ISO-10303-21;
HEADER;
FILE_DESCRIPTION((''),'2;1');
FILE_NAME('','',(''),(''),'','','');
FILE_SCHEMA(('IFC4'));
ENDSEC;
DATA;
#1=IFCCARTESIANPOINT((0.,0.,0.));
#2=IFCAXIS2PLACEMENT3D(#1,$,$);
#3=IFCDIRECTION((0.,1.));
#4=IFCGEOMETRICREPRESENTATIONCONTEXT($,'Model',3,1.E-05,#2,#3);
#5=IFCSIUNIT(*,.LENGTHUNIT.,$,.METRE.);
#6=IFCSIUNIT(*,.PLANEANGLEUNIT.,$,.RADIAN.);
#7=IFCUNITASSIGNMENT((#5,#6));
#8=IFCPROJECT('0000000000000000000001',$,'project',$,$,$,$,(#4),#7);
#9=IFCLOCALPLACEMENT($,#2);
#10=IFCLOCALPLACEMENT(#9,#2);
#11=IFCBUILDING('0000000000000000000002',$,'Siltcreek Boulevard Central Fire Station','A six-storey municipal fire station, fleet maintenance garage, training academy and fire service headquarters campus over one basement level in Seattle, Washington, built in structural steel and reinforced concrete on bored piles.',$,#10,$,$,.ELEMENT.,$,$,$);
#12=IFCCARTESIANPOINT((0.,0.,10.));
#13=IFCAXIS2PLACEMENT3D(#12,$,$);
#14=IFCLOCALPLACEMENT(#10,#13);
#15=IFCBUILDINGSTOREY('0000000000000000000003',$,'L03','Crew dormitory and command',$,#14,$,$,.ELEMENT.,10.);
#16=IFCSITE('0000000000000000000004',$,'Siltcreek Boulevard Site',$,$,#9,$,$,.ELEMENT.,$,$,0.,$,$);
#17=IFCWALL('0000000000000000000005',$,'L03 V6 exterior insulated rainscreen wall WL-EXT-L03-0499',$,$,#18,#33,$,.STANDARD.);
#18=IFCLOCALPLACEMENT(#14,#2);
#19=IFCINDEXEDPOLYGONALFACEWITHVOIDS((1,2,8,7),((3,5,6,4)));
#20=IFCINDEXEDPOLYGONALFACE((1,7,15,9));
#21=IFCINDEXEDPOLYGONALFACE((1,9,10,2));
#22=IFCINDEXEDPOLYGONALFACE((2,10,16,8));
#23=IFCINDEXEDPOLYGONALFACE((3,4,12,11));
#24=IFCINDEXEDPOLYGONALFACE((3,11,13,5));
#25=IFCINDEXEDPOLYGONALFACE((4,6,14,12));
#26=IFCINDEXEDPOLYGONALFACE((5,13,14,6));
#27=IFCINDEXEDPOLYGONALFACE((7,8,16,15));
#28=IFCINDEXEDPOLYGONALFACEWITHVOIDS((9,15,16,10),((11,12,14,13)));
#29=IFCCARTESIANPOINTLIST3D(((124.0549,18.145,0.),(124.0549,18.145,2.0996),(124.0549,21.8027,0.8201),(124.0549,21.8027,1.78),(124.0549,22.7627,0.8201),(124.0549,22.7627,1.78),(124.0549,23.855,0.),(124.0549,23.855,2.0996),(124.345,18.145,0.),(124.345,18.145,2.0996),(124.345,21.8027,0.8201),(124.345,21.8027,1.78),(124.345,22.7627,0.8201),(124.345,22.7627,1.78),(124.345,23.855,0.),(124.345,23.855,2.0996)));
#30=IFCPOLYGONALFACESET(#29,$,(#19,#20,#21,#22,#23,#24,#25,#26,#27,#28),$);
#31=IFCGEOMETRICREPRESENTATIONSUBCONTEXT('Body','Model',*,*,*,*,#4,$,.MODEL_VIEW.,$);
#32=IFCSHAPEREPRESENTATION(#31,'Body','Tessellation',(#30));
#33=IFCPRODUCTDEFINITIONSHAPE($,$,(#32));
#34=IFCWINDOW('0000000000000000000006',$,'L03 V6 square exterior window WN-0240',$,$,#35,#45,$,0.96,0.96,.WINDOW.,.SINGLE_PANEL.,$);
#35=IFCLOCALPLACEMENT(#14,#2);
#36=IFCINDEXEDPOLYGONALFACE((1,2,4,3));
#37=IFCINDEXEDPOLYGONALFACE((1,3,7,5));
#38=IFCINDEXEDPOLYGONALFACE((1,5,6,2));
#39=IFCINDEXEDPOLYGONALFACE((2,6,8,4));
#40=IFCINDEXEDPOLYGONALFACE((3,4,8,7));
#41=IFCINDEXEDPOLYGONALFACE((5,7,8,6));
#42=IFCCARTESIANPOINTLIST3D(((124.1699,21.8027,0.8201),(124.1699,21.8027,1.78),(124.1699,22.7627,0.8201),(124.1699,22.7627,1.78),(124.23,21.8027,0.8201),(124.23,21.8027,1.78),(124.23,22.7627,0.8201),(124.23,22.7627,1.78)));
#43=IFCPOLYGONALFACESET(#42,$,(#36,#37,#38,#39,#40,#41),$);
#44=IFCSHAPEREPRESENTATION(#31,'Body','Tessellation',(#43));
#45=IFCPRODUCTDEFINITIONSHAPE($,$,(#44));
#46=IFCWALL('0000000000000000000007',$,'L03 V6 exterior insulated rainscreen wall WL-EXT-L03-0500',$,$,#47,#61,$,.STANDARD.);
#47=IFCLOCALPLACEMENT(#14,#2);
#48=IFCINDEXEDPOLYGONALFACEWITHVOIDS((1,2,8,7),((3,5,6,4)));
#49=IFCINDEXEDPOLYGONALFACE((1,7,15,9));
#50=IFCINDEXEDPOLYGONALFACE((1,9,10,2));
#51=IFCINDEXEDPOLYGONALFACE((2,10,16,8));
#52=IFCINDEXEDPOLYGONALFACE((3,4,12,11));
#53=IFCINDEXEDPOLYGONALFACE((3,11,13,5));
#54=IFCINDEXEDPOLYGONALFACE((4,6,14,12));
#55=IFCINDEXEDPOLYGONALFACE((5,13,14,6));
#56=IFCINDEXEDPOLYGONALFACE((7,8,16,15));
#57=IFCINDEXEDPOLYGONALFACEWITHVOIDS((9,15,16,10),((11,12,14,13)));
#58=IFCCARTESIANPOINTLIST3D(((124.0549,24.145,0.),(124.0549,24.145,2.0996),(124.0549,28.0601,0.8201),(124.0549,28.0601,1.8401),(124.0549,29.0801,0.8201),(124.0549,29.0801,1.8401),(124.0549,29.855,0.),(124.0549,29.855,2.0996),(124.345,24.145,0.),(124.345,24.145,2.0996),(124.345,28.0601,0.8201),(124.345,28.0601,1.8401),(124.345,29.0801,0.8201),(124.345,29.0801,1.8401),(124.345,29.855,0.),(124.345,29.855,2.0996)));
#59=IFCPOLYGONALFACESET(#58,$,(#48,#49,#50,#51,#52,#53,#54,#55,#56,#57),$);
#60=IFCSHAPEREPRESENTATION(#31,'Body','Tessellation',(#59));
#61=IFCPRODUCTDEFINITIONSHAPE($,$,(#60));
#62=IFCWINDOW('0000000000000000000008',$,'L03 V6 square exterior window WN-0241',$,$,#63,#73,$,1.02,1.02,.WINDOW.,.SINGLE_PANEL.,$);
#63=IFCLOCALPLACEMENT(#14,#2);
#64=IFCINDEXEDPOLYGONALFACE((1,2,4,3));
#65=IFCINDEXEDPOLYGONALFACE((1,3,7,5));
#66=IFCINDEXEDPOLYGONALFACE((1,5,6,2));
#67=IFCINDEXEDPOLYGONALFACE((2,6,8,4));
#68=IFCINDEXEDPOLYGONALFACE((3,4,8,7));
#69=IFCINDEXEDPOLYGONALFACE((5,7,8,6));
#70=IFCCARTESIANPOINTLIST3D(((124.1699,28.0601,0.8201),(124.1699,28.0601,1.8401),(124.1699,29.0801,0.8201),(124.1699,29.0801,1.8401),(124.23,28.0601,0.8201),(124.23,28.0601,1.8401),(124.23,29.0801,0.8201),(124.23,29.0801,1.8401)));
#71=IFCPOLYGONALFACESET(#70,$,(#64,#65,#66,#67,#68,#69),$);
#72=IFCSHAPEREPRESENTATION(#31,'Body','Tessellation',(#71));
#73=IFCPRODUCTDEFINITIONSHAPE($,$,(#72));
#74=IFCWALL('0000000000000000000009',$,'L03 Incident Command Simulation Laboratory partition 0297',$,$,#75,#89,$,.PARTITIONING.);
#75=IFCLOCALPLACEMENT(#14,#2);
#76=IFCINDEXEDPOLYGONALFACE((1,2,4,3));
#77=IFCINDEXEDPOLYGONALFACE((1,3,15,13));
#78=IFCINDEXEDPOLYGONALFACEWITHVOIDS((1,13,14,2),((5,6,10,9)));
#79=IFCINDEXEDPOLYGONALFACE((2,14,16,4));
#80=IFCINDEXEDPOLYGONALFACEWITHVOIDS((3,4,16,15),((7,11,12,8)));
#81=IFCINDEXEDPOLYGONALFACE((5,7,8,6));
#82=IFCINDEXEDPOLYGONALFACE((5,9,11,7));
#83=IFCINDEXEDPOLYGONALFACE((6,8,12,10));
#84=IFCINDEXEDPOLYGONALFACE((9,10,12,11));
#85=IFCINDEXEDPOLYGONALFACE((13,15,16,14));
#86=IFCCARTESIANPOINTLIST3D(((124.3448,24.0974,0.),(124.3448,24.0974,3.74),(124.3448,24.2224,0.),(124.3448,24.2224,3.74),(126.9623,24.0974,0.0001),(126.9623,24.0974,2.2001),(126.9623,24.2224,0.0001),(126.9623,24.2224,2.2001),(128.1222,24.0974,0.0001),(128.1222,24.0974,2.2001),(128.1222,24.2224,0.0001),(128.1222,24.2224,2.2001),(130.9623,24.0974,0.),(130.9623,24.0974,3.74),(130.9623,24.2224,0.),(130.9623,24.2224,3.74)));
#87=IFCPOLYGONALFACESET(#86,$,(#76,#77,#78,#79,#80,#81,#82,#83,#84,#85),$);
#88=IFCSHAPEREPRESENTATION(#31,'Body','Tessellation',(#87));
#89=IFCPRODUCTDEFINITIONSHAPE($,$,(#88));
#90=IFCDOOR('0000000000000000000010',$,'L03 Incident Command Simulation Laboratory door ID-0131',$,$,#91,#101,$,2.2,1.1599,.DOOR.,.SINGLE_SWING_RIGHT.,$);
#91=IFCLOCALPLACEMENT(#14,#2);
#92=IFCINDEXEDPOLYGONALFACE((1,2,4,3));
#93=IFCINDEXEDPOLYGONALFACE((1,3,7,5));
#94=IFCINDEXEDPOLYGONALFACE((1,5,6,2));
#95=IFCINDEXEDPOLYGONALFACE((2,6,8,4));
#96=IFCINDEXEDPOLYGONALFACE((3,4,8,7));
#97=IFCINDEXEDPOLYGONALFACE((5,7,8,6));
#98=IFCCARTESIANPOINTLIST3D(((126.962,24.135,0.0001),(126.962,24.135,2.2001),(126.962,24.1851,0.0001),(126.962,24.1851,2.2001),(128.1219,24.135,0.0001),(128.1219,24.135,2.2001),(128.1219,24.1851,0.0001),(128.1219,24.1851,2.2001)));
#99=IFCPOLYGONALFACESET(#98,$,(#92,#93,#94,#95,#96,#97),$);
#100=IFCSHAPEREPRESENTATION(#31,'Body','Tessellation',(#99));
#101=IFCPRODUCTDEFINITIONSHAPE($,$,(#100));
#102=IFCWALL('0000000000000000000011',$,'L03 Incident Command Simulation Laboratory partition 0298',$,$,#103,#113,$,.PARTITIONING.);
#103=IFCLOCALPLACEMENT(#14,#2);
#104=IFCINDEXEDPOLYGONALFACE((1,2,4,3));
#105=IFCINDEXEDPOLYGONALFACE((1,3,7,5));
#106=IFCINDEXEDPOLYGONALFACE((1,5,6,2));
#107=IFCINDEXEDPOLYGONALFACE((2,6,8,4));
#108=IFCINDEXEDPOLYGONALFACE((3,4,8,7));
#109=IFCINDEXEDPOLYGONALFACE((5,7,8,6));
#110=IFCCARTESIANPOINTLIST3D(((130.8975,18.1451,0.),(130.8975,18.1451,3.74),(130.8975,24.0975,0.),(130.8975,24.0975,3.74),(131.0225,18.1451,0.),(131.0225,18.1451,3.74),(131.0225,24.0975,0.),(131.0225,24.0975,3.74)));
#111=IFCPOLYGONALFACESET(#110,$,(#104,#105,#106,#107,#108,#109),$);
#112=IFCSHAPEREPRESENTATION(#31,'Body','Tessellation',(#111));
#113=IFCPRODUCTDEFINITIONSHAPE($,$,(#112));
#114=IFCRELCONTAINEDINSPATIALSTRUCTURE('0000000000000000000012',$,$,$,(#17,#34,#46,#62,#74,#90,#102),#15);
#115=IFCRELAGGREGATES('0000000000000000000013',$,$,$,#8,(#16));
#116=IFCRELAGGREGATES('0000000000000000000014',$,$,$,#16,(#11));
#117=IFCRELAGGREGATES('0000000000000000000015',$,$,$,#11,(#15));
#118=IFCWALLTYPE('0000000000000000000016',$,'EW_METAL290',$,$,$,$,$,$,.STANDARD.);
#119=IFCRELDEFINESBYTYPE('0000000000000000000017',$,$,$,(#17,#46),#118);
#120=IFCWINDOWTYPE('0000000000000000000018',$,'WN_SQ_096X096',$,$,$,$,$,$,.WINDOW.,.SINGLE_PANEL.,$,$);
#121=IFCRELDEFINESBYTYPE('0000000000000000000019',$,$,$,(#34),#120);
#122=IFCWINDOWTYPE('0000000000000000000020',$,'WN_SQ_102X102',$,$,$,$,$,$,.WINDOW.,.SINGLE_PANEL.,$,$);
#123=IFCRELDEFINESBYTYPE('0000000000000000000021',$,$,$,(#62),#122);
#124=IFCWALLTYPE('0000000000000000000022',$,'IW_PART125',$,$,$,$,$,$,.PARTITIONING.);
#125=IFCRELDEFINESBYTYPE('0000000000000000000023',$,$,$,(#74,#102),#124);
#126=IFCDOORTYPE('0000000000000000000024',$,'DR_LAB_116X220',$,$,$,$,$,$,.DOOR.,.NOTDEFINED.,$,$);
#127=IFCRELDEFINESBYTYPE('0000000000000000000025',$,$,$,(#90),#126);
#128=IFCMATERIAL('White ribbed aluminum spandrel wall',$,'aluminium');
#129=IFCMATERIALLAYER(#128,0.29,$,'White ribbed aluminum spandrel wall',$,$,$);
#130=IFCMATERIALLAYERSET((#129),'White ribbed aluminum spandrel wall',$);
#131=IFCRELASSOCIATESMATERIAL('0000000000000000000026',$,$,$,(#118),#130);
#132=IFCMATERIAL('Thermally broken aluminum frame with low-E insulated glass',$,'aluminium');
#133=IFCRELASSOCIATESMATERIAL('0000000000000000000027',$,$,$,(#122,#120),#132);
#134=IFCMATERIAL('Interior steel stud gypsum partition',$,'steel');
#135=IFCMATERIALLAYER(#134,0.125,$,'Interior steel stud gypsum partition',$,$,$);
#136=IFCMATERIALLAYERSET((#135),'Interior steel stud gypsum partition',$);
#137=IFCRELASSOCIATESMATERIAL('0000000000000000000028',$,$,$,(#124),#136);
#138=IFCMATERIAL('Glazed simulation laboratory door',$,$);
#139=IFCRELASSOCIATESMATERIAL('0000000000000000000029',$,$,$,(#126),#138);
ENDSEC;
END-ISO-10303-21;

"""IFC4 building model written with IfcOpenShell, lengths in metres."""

from ifc_helpers import new_model, si_unit, direction, frame, frame_2d, origin, place, context, subcontext, project, spatial, rectangle, extrude, material, layer, layer_set, type_object, element, fill, save


model = new_model("IFC4")

# Units and contexts
model_context = context("Model", 3, precision=1e-05, world=origin(), true_north=direction((0.0, 1.0)))
body_context = subcontext(model_context, "Body", "Model", "MODEL_VIEW")
ifc_project = project(units=[si_unit("LENGTHUNIT", "METRE"), si_unit("PLANEANGLEUNIT", "RADIAN")], contexts=[model_context])

# Site, building, storey
site_placement = place(None, origin())
site = spatial("IfcSite", under=ifc_project, at=site_placement, Name="Siltcreek Boulevard Site", CompositionType="ELEMENT", RefElevation=0.0)
building_placement = place(site_placement, origin())
building = spatial("IfcBuilding", under=site, at=building_placement, Name="Siltcreek Boulevard Central Fire Station", Description="A six-storey municipal fire station, fleet maintenance garage, training academy and fire service headquarters campus over one basement level in Seattle, Washington, built in structural steel and reinforced concrete on bored piles.", CompositionType="ELEMENT")
storey_placement = place(building_placement, frame((0.0, 0.0, 10.0)))
storey = spatial("IfcBuildingStorey", under=building, at=storey_placement, Name="L03", Description="Crew dormitory and command", CompositionType="ELEMENT", Elevation=10.0)

# Shared definitions
ifc_material_1 = material(Name="White ribbed aluminum spandrel wall", Category="aluminium")
ifc_layer_1 = layer(ifc_material_1, 0.29, Name="White ribbed aluminum spandrel wall")
ifc_layer_set_1 = layer_set([ifc_layer_1], Name="White ribbed aluminum spandrel wall")
wall_type_1 = type_object("IfcWallType", Name="EW_METAL290", PredefinedType="STANDARD", material=ifc_layer_set_1)
ifc_material_2 = material(Name="Thermally broken aluminum frame with low-E insulated glass", Category="aluminium")
window_type_1 = type_object("IfcWindowType", Name="WN_SQ_102X102", PartitioningType="SINGLE_PANEL", PredefinedType="WINDOW", material=ifc_material_2)

# Walls, openings, windows
wall_1_placement = place(storey_placement, frame((124.2, 23.855, 0.0), z_axis=(0.0, 0.0, 1.0), x_axis=(0.0, -1.0, 0.0)))
wall_1 = element("IfcWall", 1, at=wall_1_placement, inside=storey, type_object=wall_type_1, Name="L03 V6 exterior insulated rainscreen wall WL-EXT-L03-0499", PredefinedType="STANDARD", context=body_context, shape_type="SweptSolid", body=[
    extrude(rectangle(XDim=5.71, YDim=0.29, at=frame_2d((2.855, 0.0))), origin(), (0.0, 0.0, 1.0), 2.0996),
])
opening_1_placement = place(wall_1_placement, frame((1.0923, 0.0, 0.8201)))
opening_1 = element("IfcOpeningElement", 2, at=opening_1_placement, cuts=wall_1, PredefinedType="OPENING", context=body_context, shape_type="SweptSolid", body=[
    extrude(rectangle(XDim=0.96, YDim=0.96, at=frame_2d((0.48, 0.48))), frame((0.0, 0.155, 0.0), z_axis=(0.0, -1.0, 0.0), x_axis=(1.0, 0.0, 0.0)), (0.0, 0.0, 1.0), 0.3101),
])
window_type_2 = type_object("IfcWindowType", Name="WN_SQ_096X096", PartitioningType="SINGLE_PANEL", PredefinedType="WINDOW", material=ifc_material_2)
window_1_placement = place(opening_1_placement, origin())
window_1 = element("IfcWindow", 3, at=window_1_placement, inside=storey, type_object=window_type_2, Name="L03 V6 square exterior window WN-0240", OverallHeight=0.96, OverallWidth=0.96, PartitioningType="SINGLE_PANEL", PredefinedType="WINDOW", context=body_context, shape_type="SweptSolid", body=[
    extrude(rectangle(XDim=0.96, YDim=0.96, at=frame_2d((0.48, 0.48))), frame((0.0, 0.03, 0.0), z_axis=(0.0, -1.0, 0.0), x_axis=(1.0, 0.0, 0.0)), (0.0, 0.0, 1.0), 0.0601),
])
fill(opening_1, window_1)
wall_2_placement = place(storey_placement, frame((124.2, 29.855, 0.0), z_axis=(0.0, 0.0, 1.0), x_axis=(0.0, -1.0, 0.0)))
wall_2 = element("IfcWall", 4, at=wall_2_placement, inside=storey, type_object=wall_type_1, Name="L03 V6 exterior insulated rainscreen wall WL-EXT-L03-0500", PredefinedType="STANDARD", context=body_context, shape_type="SweptSolid", body=[
    extrude(rectangle(XDim=5.71, YDim=0.29, at=frame_2d((2.855, 0.0))), origin(), (0.0, 0.0, 1.0), 2.0996),
])
opening_2_placement = place(wall_2_placement, frame((0.7749, 0.0, 0.8201)))
opening_2 = element("IfcOpeningElement", 5, at=opening_2_placement, cuts=wall_2, PredefinedType="OPENING", context=body_context, shape_type="SweptSolid", body=[
    extrude(rectangle(XDim=1.02, YDim=1.02, at=frame_2d((0.51, 0.51))), frame((0.0, 0.155, 0.0), z_axis=(0.0, -1.0, 0.0), x_axis=(1.0, 0.0, 0.0)), (0.0, 0.0, 1.0), 0.3101),
])
window_2_placement = place(opening_2_placement, origin())
window_2 = element("IfcWindow", 6, at=window_2_placement, inside=storey, type_object=window_type_1, Name="L03 V6 square exterior window WN-0241", OverallHeight=1.02, OverallWidth=1.02, PartitioningType="SINGLE_PANEL", PredefinedType="WINDOW", context=body_context, shape_type="SweptSolid", body=[
    extrude(rectangle(XDim=1.02, YDim=1.02, at=frame_2d((0.51, 0.51))), frame((0.0, 0.03, 0.0), z_axis=(0.0, -1.0, 0.0), x_axis=(1.0, 0.0, 0.0)), (0.0, 0.0, 1.0), 0.0601),
])
fill(opening_2, window_2)

# Wall, opening, door
ifc_material_3 = material(Name="Interior steel stud gypsum partition", Category="steel")
ifc_layer_2 = layer(ifc_material_3, 0.125, Name="Interior steel stud gypsum partition")
ifc_layer_set_2 = layer_set([ifc_layer_2], Name="Interior steel stud gypsum partition")
wall_type_2 = type_object("IfcWallType", Name="IW_PART125", PredefinedType="PARTITIONING", material=ifc_layer_set_2)
wall_3_placement = place(storey_placement, frame((124.345, 24.1599, 0.0), z_axis=(0.0, 0.0, 1.0), x_axis=(1.0, 0.0, 0.0)))
wall_3 = element("IfcWall", 7, at=wall_3_placement, inside=storey, type_object=wall_type_2, Name="L03 Incident Command Simulation Laboratory partition 0297", PredefinedType="PARTITIONING", context=body_context, shape_type="SweptSolid", body=[
    extrude(rectangle(XDim=6.6174, YDim=0.125, at=frame_2d((3.3086, 0.0))), origin(), (0.0, 0.0, 1.0), 3.74),
])
opening_3_placement = place(wall_3_placement, frame((2.6172, 0.0, 0.0)))
opening_3 = element("IfcOpeningElement", 8, at=opening_3_placement, cuts=wall_3, PredefinedType="OPENING", context=body_context, shape_type="SweptSolid", body=[
    extrude(rectangle(XDim=1.1599, YDim=2.2, at=frame_2d((0.5801, 1.1001))), frame((0.0, 0.0725, 0.0), z_axis=(0.0, -1.0, 0.0), x_axis=(1.0, 0.0, 0.0)), (0.0, 0.0, 1.0), 0.145),
])
ifc_material_4 = material(Name="Glazed simulation laboratory door")
door_type_1 = type_object("IfcDoorType", Name="DR_LAB_116X220", OperationType="NOTDEFINED", PredefinedType="DOOR", material=ifc_material_4)
door_1_placement = place(opening_3_placement, frame((1.1599, 0.0, 0.0), z_axis=(0.0, 0.0, 1.0), x_axis=(-1.0, 0.0, 0.0)))
door_1 = element("IfcDoor", 9, at=door_1_placement, inside=storey, type_object=door_type_1, Name="L03 Incident Command Simulation Laboratory door ID-0131", OperationType="SINGLE_SWING_RIGHT", OverallHeight=2.2, OverallWidth=1.1599, PredefinedType="DOOR", context=body_context, shape_type="SweptSolid", body=[
    extrude(rectangle(XDim=1.1599, YDim=2.2, at=frame_2d((0.5801, 1.1001))), frame((0.0, 0.0249, 0.0), z_axis=(0.0, -1.0, 0.0), x_axis=(1.0, 0.0, 0.0)), (0.0, 0.0, 1.0), 0.05),
])
fill(opening_3, door_1)

# Wall
wall_4_placement = place(storey_placement, frame((130.96, 24.0974, 0.0), z_axis=(0.0, 0.0, 1.0), x_axis=(0.0, -1.0, 0.0)))
element("IfcWall", 10, at=wall_4_placement, inside=storey, type_object=wall_type_2, Name="L03 Incident Command Simulation Laboratory partition 0298", PredefinedType="PARTITIONING", context=body_context, shape_type="SweptSolid", body=[
    extrude(rectangle(XDim=5.9524, YDim=0.125, at=frame_2d((2.9761, 0.0))), origin(), (0.0, 0.0, 1.0), 3.74),
])

save(model, "model.ifc")
